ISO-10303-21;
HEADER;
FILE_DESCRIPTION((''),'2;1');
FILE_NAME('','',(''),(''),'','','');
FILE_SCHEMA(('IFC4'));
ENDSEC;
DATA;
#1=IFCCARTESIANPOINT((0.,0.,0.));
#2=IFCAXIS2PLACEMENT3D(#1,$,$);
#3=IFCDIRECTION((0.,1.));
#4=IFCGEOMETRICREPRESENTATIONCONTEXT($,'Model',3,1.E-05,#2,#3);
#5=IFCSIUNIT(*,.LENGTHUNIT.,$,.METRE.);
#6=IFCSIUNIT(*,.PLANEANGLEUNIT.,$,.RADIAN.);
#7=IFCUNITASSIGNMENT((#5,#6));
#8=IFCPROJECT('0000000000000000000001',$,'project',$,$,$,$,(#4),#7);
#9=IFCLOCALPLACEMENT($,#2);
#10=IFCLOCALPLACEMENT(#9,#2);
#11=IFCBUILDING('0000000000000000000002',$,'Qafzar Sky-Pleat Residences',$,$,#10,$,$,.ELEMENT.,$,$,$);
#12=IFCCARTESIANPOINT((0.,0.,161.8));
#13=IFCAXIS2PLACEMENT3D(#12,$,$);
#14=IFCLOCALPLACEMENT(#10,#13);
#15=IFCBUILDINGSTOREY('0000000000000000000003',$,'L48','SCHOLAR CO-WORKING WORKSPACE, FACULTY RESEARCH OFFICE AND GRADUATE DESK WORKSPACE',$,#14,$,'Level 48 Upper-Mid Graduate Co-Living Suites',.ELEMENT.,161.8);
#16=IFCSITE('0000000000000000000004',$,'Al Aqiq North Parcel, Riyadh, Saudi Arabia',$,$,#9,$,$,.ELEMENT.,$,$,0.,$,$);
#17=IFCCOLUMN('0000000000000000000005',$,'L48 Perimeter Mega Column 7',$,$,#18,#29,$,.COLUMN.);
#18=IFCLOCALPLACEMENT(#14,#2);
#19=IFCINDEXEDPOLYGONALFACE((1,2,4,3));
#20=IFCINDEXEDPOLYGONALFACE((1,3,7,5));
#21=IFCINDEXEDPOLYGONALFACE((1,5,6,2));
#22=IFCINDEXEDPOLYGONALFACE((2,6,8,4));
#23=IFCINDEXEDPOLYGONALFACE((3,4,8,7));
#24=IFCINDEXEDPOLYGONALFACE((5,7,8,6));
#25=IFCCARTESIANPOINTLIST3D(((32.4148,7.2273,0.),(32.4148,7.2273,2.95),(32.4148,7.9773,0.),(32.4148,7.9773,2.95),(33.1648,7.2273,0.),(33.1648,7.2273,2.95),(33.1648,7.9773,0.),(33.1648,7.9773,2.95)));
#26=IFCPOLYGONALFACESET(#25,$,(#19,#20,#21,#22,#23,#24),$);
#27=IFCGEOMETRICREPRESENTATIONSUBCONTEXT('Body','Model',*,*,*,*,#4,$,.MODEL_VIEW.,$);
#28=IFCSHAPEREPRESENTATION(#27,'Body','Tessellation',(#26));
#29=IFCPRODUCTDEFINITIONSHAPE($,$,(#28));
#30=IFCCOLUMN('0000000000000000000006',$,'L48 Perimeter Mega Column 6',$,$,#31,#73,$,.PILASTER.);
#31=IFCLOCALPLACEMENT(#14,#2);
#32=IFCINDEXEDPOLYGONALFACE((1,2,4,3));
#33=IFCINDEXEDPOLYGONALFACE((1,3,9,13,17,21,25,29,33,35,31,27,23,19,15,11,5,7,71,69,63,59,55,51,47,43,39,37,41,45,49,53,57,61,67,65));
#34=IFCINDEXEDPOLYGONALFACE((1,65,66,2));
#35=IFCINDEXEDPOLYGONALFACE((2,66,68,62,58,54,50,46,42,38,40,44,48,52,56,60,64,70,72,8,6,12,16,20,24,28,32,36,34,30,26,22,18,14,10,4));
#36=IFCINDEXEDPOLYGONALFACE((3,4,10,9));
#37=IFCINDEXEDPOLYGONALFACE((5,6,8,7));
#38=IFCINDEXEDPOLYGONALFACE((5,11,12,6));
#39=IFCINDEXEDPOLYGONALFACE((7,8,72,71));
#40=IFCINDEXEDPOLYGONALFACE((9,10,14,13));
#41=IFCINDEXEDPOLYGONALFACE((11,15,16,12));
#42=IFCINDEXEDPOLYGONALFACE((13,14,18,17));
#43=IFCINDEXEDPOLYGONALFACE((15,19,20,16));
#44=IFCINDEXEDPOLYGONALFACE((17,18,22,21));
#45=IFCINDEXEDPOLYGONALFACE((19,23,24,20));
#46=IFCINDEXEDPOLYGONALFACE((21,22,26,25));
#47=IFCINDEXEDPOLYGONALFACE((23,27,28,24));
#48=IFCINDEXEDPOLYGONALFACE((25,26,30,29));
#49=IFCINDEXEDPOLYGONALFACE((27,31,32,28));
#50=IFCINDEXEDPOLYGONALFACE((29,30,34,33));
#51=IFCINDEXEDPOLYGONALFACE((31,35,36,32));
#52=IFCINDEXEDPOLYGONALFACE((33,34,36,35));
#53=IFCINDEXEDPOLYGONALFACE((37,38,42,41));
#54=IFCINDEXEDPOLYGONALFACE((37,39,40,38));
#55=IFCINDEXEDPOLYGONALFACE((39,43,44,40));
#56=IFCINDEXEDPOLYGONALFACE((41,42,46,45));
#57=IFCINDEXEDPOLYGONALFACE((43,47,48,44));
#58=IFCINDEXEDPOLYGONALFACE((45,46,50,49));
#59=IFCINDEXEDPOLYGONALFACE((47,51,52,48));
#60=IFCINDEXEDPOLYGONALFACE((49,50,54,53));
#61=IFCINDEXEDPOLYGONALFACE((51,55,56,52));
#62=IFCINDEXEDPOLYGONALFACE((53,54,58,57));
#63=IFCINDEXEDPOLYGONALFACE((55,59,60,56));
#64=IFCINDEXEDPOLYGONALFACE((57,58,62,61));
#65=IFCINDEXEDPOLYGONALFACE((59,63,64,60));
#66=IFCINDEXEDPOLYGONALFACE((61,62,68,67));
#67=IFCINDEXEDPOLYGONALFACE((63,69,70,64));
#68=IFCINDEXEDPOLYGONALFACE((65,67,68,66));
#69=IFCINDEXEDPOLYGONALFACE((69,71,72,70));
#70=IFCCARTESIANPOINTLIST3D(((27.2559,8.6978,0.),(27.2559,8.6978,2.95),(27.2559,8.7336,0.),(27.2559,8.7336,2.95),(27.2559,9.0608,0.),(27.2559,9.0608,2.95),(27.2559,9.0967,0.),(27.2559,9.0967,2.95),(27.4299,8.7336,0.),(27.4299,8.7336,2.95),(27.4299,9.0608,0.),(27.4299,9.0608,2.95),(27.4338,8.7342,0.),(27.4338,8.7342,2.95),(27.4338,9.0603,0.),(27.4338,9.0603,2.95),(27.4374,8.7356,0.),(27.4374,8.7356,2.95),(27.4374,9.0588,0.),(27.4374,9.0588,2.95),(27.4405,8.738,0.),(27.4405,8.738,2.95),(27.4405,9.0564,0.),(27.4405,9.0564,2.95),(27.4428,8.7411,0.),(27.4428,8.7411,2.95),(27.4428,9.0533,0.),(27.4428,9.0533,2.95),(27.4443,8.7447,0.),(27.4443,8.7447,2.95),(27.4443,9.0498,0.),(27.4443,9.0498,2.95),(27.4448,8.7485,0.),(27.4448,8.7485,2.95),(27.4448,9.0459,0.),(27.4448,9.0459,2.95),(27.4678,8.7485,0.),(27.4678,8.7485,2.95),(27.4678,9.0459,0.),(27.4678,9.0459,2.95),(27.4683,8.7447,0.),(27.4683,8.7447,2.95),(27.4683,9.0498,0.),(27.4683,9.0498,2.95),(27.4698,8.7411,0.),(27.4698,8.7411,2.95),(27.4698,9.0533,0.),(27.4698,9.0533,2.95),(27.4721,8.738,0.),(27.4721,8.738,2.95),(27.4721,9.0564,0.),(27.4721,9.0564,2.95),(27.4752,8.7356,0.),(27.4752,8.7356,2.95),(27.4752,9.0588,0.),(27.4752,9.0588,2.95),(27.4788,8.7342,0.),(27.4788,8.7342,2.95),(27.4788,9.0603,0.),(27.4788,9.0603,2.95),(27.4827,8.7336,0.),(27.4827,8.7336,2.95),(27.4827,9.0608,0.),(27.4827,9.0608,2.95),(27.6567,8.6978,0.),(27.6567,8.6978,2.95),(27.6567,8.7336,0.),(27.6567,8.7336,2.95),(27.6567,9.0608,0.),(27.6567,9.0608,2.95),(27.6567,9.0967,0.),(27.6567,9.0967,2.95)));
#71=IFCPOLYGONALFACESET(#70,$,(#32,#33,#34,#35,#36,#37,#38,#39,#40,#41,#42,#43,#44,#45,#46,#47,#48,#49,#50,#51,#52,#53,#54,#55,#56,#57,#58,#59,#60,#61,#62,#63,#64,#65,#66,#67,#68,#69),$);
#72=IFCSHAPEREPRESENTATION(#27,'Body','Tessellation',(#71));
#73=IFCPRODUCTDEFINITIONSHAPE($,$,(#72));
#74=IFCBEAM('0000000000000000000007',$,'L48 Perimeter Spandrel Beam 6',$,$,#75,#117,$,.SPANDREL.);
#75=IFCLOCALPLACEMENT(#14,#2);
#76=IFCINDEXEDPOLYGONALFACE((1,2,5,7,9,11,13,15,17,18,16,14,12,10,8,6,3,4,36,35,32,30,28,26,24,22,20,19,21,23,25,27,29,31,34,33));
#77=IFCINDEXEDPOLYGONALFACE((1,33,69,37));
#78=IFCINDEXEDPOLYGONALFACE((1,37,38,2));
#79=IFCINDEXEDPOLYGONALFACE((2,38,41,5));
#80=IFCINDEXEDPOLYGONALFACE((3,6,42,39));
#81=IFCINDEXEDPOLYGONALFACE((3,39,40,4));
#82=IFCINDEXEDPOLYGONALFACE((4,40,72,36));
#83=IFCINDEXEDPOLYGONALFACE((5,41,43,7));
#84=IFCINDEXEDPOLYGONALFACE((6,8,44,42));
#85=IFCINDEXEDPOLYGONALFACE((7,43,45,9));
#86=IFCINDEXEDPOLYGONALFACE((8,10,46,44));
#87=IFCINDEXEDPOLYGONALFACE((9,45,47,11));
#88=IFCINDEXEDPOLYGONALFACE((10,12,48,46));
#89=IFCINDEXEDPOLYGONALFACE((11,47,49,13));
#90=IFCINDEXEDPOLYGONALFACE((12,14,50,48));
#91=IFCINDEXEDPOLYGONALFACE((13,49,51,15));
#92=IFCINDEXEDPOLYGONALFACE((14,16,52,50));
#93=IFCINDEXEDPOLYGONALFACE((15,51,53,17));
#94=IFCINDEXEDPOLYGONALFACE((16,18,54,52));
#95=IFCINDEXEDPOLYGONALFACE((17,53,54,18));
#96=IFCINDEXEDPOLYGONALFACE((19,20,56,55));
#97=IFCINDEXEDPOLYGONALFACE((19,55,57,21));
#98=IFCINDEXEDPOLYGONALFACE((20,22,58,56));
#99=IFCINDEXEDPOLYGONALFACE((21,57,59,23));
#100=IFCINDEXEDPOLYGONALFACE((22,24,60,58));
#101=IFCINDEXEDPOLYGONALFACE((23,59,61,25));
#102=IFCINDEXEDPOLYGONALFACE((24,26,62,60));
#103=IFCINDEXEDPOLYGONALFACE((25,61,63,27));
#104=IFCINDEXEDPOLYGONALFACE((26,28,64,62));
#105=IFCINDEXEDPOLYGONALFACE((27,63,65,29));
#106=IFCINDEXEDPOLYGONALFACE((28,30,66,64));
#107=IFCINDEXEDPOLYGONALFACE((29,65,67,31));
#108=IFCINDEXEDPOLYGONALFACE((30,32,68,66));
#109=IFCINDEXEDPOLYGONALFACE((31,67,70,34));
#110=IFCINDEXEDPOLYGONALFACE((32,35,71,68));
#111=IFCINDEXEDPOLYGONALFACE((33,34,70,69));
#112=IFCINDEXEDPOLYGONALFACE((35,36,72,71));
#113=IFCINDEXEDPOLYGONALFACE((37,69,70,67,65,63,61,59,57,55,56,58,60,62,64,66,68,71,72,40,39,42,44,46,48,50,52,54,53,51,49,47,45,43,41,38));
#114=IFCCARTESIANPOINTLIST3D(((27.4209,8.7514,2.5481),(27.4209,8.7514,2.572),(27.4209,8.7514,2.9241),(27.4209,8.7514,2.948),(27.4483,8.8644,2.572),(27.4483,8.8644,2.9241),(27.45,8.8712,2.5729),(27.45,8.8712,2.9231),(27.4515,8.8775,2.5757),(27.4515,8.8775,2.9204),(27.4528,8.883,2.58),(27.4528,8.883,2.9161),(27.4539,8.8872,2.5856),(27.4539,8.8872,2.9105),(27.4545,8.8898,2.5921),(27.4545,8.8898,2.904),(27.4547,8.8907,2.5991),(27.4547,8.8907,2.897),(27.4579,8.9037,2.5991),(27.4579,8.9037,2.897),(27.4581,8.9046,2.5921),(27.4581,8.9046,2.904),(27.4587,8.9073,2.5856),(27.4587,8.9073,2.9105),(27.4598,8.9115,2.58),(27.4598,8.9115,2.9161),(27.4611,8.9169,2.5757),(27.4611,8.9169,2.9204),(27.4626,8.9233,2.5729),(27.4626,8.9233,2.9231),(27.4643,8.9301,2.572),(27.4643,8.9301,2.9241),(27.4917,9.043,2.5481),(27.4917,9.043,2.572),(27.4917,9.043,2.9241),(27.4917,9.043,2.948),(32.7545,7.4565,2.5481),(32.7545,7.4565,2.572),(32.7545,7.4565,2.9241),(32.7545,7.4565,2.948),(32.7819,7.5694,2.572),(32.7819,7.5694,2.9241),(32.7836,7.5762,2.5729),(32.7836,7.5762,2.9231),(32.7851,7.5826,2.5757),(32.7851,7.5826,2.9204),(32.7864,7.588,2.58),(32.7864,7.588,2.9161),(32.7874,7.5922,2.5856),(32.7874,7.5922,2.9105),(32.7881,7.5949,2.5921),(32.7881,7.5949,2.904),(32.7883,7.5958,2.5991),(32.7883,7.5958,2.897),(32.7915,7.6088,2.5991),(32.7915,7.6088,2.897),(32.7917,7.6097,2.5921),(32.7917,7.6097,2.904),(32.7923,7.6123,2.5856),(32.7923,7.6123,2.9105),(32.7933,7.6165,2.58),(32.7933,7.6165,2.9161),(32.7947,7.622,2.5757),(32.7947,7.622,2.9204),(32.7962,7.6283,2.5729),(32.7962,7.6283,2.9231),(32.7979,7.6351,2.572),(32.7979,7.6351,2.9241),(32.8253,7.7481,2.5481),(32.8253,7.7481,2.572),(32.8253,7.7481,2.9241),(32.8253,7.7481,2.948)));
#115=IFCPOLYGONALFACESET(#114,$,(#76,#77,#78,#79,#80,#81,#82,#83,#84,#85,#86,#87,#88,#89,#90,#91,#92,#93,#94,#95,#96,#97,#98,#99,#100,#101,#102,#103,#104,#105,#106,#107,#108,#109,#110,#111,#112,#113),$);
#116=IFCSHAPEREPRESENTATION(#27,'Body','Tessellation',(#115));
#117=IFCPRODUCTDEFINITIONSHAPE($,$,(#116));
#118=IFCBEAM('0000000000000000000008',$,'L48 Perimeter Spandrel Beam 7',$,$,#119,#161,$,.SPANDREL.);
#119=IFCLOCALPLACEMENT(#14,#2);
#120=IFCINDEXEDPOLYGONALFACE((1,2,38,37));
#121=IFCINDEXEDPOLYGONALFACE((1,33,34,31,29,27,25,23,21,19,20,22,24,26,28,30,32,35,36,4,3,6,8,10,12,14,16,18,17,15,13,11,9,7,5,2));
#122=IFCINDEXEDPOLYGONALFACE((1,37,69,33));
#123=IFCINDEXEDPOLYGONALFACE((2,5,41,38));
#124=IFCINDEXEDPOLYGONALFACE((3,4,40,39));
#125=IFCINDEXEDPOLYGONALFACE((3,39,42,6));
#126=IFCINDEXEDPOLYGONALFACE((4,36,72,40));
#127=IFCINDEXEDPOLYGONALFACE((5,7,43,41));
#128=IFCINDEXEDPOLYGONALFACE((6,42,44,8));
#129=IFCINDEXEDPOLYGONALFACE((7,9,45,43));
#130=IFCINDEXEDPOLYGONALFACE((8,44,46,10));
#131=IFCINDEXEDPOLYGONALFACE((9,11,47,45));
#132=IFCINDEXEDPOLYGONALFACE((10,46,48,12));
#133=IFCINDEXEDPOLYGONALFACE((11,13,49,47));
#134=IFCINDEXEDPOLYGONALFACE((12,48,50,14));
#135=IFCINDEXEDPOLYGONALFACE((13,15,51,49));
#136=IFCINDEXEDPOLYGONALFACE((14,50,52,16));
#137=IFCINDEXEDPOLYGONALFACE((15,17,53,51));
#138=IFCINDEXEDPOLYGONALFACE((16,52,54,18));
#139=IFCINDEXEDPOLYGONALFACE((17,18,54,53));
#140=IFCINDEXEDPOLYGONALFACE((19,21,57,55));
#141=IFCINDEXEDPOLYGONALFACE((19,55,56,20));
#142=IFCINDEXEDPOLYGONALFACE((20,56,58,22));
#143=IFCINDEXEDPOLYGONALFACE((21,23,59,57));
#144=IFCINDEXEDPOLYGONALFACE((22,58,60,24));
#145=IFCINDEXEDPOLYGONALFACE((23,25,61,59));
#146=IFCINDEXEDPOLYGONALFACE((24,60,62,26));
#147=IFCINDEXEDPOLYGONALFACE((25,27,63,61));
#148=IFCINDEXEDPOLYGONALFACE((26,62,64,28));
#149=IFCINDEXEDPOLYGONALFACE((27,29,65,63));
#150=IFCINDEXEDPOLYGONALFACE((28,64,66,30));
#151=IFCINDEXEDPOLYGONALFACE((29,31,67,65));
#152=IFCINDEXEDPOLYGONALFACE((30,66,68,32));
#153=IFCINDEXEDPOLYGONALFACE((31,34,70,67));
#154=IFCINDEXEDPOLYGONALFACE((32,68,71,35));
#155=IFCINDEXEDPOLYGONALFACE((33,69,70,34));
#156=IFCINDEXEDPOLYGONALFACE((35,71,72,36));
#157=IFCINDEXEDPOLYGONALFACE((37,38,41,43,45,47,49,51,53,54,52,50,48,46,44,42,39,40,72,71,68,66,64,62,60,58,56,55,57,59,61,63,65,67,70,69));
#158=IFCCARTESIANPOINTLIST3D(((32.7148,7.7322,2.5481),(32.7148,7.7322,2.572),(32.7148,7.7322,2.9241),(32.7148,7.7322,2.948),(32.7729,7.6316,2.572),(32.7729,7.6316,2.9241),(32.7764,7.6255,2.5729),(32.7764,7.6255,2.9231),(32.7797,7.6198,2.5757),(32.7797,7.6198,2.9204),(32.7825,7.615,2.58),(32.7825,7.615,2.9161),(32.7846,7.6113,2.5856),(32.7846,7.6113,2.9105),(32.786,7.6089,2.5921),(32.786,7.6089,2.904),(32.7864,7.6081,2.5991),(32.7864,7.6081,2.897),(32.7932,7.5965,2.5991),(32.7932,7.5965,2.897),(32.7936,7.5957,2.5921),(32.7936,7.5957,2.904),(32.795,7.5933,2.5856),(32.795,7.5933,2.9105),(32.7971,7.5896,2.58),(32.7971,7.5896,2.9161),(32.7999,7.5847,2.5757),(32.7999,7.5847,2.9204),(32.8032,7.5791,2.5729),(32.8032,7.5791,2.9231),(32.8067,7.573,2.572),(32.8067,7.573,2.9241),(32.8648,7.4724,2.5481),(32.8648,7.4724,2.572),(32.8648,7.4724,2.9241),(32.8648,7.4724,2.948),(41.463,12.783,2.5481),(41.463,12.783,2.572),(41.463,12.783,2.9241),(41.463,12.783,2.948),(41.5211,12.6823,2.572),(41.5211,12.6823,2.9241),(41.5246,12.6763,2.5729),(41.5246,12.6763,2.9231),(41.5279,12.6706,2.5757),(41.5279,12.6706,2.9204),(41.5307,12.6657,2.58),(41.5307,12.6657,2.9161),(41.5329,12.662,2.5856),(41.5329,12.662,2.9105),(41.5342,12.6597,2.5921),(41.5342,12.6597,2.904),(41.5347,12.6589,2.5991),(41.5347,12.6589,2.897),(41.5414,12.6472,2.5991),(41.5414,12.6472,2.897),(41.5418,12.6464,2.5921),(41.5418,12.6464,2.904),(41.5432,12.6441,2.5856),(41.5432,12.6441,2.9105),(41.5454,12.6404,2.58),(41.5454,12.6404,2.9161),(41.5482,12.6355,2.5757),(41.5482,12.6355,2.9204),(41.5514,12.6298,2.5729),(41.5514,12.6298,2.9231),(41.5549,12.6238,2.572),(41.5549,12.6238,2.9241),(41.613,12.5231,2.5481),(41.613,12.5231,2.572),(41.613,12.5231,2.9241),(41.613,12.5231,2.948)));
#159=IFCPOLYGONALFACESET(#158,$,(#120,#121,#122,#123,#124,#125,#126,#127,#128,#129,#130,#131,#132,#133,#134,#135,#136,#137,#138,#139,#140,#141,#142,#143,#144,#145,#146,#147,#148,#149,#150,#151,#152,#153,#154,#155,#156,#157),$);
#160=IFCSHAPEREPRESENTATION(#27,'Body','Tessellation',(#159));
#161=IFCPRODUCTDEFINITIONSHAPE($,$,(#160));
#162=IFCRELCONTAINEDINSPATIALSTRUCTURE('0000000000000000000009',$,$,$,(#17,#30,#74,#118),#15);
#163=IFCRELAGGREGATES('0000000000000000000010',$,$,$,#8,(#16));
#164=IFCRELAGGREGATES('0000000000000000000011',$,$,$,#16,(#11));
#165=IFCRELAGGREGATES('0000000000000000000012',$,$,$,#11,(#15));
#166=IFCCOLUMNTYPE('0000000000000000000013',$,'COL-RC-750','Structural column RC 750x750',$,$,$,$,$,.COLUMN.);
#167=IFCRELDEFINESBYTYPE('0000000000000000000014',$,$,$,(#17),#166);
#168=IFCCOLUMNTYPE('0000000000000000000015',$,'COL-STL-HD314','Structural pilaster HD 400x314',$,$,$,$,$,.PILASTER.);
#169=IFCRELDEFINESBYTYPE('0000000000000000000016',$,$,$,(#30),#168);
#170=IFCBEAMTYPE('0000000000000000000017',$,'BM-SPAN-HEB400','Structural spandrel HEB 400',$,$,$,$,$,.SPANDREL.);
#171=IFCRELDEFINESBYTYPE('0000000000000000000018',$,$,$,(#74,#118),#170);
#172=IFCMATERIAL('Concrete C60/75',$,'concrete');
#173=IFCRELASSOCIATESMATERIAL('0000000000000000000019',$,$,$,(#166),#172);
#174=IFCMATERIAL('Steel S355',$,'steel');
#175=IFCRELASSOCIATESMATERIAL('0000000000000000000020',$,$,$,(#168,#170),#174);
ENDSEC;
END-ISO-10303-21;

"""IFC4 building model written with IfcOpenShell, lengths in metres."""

from ifc_helpers import new_model, si_unit, direction, frame, origin, origin_2d, place, context, subcontext, project, spatial, rectangle, i_section, extrude, source, transform, mapped, material, material_profile, profile_set, type_object, element, save


model = new_model("IFC4")

# Units and contexts
model_context = context("Model", 3, precision=1e-05, world=origin(), true_north=direction((0.0, 1.0)))
body_context = subcontext(model_context, "Body", "Model", "MODEL_VIEW")
ifc_project = project(units=[si_unit("LENGTHUNIT", "METRE"), si_unit("PLANEANGLEUNIT", "RADIAN")], contexts=[model_context])

# Site, building, storey
site_placement = place(None, origin())
site = spatial("IfcSite", under=ifc_project, at=site_placement, Name="Al Aqiq North Parcel, Riyadh, Saudi Arabia", CompositionType="ELEMENT", RefElevation=0.0)
building_placement = place(site_placement, origin())
building = spatial("IfcBuilding", under=site, at=building_placement, Name="Qafzar Sky-Pleat Residences", CompositionType="ELEMENT")
storey_placement = place(building_placement, frame((0.0, 0.0, 161.8)))
storey = spatial("IfcBuildingStorey", under=building, at=storey_placement, Name="L48", Description="SCHOLAR CO-WORKING WORKSPACE, FACULTY RESEARCH OFFICE AND GRADUATE DESK WORKSPACE", LongName="Level 48 Upper-Mid Graduate Co-Living Suites", CompositionType="ELEMENT", Elevation=161.8)

# Columns
ifc_material_1 = material(Name="Concrete C60/75", Category="concrete")
ifc_material_profile_1 = material_profile(ifc_material_1, rectangle(XDim=0.75, YDim=0.75, at=origin_2d()), Name="RC 750x750")
ifc_profile_set_1 = profile_set([ifc_material_profile_1], Name="Concrete C60/75")
column_type_1 = type_object("IfcColumnType", Name="COL-RC-750", Description="Structural column RC 750x750", PredefinedType="COLUMN", material=ifc_profile_set_1)
shared_shape_1 = source(origin(), body_context, "Body", "SweptSolid", [
    extrude(rectangle(XDim=0.75, YDim=0.75, at=origin_2d()), origin(), (0.0, 0.0, 1.0), 2.95),
])
column_1_placement = place(storey_placement, frame((32.7898, 7.6023, 0.0), z_axis=(0.0, 0.0, 1.0), x_axis=(1.0, 0.0, 0.0)))
element("IfcColumn", 1, at=column_1_placement, inside=storey, type_object=column_type_1, Name="L48 Perimeter Mega Column 7", PredefinedType="COLUMN", context=body_context, shape_type="MappedRepresentation", body=[
    mapped(shared_shape_1, transform((0.0, 0.0, 0.0), x_axis=(1.0, 0.0, 0.0), y_axis=(0.0, 1.0, 0.0), z_axis=(0.0, 0.0, 1.0), scale=1.0)),
])
ifc_material_2 = material(Name="Steel S355", Category="steel")
ifc_material_profile_2 = material_profile(ifc_material_2, i_section(OverallWidth=0.4009, OverallDepth=0.3989, WebThickness=0.0229, FlangeThickness=0.0359, FilletRadius=0.0149, at=origin_2d()), Name="HD 400x314")
ifc_profile_set_2 = profile_set([ifc_material_profile_2], Name="Steel S355")
column_type_2 = type_object("IfcColumnType", Name="COL-STL-HD314", Description="Structural pilaster HD 400x314", PredefinedType="PILASTER", material=ifc_profile_set_2)
shared_shape_2 = source(origin(), body_context, "Body", "SweptSolid", [
    extrude(i_section(OverallWidth=0.4009, OverallDepth=0.3989, WebThickness=0.0229, FlangeThickness=0.0359, FilletRadius=0.0149, at=origin_2d()), origin(), (0.0, 0.0, 1.0), 2.95),
])
column_2_placement = place(storey_placement, frame((27.4563, 8.8972, 0.0), z_axis=(0.0, 0.0, 1.0), x_axis=(1.0, 0.0, 0.0)))
element("IfcColumn", 2, at=column_2_placement, inside=storey, type_object=column_type_2, Name="L48 Perimeter Mega Column 6", PredefinedType="PILASTER", context=body_context, shape_type="MappedRepresentation", body=[
    mapped(shared_shape_2, transform((0.0, 0.0, 0.0), x_axis=(1.0, 0.0, 0.0), y_axis=(0.0, 1.0, 0.0), z_axis=(0.0, 0.0, 1.0), scale=1.0)),
])

# Beams
ifc_material_profile_3 = material_profile(ifc_material_2, i_section(OverallWidth=0.3, OverallDepth=0.3999, WebThickness=0.0134, FlangeThickness=0.0239, FilletRadius=0.0271, at=origin_2d()), Name="HEB 400")
ifc_profile_set_3 = profile_set([ifc_material_profile_3], Name="Steel S355")
beam_type_1 = type_object("IfcBeamType", Name="BM-SPAN-HEB400", Description="Structural spandrel HEB 400", PredefinedType="SPANDREL", material=ifc_profile_set_3)
shared_shape_3 = source(origin(), body_context, "Body", "SweptSolid", [
    extrude(i_section(OverallWidth=0.3, OverallDepth=0.3999, WebThickness=0.0134, FlangeThickness=0.0239, FilletRadius=0.0271, at=origin_2d()), origin(), (0.0, 0.0, 1.0), 5.4885),
])
beam_1_placement = place(storey_placement, frame((27.4563, 8.8972, 2.748), z_axis=(0.971769, -0.235936, 0.0), x_axis=(0.235936, 0.971769, 0.0)))
element("IfcBeam", 3, at=beam_1_placement, inside=storey, type_object=beam_type_1, Name="L48 Perimeter Spandrel Beam 6", PredefinedType="SPANDREL", context=body_context, shape_type="MappedRepresentation", body=[
    mapped(shared_shape_3, transform((0.0, 0.0, 0.0), x_axis=(1.0, 0.0, 0.0), y_axis=(0.0, 1.0, 0.0), z_axis=(0.0, 0.0, 1.0), scale=1.0)),
])
shared_shape_4 = source(origin(), body_context, "Body", "SweptSolid", [
    extrude(i_section(OverallWidth=0.3, OverallDepth=0.3999, WebThickness=0.0134, FlangeThickness=0.0239, FilletRadius=0.0271, at=origin_2d()), origin(), (0.0, 0.0, 1.0), 10.1016),
])
beam_2_placement = place(storey_placement, frame((32.7898, 7.6023, 2.748), z_axis=(0.866027, 0.499997, 0.0), x_axis=(-0.499997, 0.866027, 0.0)))
element("IfcBeam", 4, at=beam_2_placement, inside=storey, type_object=beam_type_1, Name="L48 Perimeter Spandrel Beam 7", PredefinedType="SPANDREL", context=body_context, shape_type="MappedRepresentation", body=[
    mapped(shared_shape_4, transform((0.0, 0.0, 0.0), x_axis=(1.0, 0.0, 0.0), y_axis=(0.0, 1.0, 0.0), z_axis=(0.0, 0.0, 1.0), scale=1.0)),
])

save(model, "model.ifc")
